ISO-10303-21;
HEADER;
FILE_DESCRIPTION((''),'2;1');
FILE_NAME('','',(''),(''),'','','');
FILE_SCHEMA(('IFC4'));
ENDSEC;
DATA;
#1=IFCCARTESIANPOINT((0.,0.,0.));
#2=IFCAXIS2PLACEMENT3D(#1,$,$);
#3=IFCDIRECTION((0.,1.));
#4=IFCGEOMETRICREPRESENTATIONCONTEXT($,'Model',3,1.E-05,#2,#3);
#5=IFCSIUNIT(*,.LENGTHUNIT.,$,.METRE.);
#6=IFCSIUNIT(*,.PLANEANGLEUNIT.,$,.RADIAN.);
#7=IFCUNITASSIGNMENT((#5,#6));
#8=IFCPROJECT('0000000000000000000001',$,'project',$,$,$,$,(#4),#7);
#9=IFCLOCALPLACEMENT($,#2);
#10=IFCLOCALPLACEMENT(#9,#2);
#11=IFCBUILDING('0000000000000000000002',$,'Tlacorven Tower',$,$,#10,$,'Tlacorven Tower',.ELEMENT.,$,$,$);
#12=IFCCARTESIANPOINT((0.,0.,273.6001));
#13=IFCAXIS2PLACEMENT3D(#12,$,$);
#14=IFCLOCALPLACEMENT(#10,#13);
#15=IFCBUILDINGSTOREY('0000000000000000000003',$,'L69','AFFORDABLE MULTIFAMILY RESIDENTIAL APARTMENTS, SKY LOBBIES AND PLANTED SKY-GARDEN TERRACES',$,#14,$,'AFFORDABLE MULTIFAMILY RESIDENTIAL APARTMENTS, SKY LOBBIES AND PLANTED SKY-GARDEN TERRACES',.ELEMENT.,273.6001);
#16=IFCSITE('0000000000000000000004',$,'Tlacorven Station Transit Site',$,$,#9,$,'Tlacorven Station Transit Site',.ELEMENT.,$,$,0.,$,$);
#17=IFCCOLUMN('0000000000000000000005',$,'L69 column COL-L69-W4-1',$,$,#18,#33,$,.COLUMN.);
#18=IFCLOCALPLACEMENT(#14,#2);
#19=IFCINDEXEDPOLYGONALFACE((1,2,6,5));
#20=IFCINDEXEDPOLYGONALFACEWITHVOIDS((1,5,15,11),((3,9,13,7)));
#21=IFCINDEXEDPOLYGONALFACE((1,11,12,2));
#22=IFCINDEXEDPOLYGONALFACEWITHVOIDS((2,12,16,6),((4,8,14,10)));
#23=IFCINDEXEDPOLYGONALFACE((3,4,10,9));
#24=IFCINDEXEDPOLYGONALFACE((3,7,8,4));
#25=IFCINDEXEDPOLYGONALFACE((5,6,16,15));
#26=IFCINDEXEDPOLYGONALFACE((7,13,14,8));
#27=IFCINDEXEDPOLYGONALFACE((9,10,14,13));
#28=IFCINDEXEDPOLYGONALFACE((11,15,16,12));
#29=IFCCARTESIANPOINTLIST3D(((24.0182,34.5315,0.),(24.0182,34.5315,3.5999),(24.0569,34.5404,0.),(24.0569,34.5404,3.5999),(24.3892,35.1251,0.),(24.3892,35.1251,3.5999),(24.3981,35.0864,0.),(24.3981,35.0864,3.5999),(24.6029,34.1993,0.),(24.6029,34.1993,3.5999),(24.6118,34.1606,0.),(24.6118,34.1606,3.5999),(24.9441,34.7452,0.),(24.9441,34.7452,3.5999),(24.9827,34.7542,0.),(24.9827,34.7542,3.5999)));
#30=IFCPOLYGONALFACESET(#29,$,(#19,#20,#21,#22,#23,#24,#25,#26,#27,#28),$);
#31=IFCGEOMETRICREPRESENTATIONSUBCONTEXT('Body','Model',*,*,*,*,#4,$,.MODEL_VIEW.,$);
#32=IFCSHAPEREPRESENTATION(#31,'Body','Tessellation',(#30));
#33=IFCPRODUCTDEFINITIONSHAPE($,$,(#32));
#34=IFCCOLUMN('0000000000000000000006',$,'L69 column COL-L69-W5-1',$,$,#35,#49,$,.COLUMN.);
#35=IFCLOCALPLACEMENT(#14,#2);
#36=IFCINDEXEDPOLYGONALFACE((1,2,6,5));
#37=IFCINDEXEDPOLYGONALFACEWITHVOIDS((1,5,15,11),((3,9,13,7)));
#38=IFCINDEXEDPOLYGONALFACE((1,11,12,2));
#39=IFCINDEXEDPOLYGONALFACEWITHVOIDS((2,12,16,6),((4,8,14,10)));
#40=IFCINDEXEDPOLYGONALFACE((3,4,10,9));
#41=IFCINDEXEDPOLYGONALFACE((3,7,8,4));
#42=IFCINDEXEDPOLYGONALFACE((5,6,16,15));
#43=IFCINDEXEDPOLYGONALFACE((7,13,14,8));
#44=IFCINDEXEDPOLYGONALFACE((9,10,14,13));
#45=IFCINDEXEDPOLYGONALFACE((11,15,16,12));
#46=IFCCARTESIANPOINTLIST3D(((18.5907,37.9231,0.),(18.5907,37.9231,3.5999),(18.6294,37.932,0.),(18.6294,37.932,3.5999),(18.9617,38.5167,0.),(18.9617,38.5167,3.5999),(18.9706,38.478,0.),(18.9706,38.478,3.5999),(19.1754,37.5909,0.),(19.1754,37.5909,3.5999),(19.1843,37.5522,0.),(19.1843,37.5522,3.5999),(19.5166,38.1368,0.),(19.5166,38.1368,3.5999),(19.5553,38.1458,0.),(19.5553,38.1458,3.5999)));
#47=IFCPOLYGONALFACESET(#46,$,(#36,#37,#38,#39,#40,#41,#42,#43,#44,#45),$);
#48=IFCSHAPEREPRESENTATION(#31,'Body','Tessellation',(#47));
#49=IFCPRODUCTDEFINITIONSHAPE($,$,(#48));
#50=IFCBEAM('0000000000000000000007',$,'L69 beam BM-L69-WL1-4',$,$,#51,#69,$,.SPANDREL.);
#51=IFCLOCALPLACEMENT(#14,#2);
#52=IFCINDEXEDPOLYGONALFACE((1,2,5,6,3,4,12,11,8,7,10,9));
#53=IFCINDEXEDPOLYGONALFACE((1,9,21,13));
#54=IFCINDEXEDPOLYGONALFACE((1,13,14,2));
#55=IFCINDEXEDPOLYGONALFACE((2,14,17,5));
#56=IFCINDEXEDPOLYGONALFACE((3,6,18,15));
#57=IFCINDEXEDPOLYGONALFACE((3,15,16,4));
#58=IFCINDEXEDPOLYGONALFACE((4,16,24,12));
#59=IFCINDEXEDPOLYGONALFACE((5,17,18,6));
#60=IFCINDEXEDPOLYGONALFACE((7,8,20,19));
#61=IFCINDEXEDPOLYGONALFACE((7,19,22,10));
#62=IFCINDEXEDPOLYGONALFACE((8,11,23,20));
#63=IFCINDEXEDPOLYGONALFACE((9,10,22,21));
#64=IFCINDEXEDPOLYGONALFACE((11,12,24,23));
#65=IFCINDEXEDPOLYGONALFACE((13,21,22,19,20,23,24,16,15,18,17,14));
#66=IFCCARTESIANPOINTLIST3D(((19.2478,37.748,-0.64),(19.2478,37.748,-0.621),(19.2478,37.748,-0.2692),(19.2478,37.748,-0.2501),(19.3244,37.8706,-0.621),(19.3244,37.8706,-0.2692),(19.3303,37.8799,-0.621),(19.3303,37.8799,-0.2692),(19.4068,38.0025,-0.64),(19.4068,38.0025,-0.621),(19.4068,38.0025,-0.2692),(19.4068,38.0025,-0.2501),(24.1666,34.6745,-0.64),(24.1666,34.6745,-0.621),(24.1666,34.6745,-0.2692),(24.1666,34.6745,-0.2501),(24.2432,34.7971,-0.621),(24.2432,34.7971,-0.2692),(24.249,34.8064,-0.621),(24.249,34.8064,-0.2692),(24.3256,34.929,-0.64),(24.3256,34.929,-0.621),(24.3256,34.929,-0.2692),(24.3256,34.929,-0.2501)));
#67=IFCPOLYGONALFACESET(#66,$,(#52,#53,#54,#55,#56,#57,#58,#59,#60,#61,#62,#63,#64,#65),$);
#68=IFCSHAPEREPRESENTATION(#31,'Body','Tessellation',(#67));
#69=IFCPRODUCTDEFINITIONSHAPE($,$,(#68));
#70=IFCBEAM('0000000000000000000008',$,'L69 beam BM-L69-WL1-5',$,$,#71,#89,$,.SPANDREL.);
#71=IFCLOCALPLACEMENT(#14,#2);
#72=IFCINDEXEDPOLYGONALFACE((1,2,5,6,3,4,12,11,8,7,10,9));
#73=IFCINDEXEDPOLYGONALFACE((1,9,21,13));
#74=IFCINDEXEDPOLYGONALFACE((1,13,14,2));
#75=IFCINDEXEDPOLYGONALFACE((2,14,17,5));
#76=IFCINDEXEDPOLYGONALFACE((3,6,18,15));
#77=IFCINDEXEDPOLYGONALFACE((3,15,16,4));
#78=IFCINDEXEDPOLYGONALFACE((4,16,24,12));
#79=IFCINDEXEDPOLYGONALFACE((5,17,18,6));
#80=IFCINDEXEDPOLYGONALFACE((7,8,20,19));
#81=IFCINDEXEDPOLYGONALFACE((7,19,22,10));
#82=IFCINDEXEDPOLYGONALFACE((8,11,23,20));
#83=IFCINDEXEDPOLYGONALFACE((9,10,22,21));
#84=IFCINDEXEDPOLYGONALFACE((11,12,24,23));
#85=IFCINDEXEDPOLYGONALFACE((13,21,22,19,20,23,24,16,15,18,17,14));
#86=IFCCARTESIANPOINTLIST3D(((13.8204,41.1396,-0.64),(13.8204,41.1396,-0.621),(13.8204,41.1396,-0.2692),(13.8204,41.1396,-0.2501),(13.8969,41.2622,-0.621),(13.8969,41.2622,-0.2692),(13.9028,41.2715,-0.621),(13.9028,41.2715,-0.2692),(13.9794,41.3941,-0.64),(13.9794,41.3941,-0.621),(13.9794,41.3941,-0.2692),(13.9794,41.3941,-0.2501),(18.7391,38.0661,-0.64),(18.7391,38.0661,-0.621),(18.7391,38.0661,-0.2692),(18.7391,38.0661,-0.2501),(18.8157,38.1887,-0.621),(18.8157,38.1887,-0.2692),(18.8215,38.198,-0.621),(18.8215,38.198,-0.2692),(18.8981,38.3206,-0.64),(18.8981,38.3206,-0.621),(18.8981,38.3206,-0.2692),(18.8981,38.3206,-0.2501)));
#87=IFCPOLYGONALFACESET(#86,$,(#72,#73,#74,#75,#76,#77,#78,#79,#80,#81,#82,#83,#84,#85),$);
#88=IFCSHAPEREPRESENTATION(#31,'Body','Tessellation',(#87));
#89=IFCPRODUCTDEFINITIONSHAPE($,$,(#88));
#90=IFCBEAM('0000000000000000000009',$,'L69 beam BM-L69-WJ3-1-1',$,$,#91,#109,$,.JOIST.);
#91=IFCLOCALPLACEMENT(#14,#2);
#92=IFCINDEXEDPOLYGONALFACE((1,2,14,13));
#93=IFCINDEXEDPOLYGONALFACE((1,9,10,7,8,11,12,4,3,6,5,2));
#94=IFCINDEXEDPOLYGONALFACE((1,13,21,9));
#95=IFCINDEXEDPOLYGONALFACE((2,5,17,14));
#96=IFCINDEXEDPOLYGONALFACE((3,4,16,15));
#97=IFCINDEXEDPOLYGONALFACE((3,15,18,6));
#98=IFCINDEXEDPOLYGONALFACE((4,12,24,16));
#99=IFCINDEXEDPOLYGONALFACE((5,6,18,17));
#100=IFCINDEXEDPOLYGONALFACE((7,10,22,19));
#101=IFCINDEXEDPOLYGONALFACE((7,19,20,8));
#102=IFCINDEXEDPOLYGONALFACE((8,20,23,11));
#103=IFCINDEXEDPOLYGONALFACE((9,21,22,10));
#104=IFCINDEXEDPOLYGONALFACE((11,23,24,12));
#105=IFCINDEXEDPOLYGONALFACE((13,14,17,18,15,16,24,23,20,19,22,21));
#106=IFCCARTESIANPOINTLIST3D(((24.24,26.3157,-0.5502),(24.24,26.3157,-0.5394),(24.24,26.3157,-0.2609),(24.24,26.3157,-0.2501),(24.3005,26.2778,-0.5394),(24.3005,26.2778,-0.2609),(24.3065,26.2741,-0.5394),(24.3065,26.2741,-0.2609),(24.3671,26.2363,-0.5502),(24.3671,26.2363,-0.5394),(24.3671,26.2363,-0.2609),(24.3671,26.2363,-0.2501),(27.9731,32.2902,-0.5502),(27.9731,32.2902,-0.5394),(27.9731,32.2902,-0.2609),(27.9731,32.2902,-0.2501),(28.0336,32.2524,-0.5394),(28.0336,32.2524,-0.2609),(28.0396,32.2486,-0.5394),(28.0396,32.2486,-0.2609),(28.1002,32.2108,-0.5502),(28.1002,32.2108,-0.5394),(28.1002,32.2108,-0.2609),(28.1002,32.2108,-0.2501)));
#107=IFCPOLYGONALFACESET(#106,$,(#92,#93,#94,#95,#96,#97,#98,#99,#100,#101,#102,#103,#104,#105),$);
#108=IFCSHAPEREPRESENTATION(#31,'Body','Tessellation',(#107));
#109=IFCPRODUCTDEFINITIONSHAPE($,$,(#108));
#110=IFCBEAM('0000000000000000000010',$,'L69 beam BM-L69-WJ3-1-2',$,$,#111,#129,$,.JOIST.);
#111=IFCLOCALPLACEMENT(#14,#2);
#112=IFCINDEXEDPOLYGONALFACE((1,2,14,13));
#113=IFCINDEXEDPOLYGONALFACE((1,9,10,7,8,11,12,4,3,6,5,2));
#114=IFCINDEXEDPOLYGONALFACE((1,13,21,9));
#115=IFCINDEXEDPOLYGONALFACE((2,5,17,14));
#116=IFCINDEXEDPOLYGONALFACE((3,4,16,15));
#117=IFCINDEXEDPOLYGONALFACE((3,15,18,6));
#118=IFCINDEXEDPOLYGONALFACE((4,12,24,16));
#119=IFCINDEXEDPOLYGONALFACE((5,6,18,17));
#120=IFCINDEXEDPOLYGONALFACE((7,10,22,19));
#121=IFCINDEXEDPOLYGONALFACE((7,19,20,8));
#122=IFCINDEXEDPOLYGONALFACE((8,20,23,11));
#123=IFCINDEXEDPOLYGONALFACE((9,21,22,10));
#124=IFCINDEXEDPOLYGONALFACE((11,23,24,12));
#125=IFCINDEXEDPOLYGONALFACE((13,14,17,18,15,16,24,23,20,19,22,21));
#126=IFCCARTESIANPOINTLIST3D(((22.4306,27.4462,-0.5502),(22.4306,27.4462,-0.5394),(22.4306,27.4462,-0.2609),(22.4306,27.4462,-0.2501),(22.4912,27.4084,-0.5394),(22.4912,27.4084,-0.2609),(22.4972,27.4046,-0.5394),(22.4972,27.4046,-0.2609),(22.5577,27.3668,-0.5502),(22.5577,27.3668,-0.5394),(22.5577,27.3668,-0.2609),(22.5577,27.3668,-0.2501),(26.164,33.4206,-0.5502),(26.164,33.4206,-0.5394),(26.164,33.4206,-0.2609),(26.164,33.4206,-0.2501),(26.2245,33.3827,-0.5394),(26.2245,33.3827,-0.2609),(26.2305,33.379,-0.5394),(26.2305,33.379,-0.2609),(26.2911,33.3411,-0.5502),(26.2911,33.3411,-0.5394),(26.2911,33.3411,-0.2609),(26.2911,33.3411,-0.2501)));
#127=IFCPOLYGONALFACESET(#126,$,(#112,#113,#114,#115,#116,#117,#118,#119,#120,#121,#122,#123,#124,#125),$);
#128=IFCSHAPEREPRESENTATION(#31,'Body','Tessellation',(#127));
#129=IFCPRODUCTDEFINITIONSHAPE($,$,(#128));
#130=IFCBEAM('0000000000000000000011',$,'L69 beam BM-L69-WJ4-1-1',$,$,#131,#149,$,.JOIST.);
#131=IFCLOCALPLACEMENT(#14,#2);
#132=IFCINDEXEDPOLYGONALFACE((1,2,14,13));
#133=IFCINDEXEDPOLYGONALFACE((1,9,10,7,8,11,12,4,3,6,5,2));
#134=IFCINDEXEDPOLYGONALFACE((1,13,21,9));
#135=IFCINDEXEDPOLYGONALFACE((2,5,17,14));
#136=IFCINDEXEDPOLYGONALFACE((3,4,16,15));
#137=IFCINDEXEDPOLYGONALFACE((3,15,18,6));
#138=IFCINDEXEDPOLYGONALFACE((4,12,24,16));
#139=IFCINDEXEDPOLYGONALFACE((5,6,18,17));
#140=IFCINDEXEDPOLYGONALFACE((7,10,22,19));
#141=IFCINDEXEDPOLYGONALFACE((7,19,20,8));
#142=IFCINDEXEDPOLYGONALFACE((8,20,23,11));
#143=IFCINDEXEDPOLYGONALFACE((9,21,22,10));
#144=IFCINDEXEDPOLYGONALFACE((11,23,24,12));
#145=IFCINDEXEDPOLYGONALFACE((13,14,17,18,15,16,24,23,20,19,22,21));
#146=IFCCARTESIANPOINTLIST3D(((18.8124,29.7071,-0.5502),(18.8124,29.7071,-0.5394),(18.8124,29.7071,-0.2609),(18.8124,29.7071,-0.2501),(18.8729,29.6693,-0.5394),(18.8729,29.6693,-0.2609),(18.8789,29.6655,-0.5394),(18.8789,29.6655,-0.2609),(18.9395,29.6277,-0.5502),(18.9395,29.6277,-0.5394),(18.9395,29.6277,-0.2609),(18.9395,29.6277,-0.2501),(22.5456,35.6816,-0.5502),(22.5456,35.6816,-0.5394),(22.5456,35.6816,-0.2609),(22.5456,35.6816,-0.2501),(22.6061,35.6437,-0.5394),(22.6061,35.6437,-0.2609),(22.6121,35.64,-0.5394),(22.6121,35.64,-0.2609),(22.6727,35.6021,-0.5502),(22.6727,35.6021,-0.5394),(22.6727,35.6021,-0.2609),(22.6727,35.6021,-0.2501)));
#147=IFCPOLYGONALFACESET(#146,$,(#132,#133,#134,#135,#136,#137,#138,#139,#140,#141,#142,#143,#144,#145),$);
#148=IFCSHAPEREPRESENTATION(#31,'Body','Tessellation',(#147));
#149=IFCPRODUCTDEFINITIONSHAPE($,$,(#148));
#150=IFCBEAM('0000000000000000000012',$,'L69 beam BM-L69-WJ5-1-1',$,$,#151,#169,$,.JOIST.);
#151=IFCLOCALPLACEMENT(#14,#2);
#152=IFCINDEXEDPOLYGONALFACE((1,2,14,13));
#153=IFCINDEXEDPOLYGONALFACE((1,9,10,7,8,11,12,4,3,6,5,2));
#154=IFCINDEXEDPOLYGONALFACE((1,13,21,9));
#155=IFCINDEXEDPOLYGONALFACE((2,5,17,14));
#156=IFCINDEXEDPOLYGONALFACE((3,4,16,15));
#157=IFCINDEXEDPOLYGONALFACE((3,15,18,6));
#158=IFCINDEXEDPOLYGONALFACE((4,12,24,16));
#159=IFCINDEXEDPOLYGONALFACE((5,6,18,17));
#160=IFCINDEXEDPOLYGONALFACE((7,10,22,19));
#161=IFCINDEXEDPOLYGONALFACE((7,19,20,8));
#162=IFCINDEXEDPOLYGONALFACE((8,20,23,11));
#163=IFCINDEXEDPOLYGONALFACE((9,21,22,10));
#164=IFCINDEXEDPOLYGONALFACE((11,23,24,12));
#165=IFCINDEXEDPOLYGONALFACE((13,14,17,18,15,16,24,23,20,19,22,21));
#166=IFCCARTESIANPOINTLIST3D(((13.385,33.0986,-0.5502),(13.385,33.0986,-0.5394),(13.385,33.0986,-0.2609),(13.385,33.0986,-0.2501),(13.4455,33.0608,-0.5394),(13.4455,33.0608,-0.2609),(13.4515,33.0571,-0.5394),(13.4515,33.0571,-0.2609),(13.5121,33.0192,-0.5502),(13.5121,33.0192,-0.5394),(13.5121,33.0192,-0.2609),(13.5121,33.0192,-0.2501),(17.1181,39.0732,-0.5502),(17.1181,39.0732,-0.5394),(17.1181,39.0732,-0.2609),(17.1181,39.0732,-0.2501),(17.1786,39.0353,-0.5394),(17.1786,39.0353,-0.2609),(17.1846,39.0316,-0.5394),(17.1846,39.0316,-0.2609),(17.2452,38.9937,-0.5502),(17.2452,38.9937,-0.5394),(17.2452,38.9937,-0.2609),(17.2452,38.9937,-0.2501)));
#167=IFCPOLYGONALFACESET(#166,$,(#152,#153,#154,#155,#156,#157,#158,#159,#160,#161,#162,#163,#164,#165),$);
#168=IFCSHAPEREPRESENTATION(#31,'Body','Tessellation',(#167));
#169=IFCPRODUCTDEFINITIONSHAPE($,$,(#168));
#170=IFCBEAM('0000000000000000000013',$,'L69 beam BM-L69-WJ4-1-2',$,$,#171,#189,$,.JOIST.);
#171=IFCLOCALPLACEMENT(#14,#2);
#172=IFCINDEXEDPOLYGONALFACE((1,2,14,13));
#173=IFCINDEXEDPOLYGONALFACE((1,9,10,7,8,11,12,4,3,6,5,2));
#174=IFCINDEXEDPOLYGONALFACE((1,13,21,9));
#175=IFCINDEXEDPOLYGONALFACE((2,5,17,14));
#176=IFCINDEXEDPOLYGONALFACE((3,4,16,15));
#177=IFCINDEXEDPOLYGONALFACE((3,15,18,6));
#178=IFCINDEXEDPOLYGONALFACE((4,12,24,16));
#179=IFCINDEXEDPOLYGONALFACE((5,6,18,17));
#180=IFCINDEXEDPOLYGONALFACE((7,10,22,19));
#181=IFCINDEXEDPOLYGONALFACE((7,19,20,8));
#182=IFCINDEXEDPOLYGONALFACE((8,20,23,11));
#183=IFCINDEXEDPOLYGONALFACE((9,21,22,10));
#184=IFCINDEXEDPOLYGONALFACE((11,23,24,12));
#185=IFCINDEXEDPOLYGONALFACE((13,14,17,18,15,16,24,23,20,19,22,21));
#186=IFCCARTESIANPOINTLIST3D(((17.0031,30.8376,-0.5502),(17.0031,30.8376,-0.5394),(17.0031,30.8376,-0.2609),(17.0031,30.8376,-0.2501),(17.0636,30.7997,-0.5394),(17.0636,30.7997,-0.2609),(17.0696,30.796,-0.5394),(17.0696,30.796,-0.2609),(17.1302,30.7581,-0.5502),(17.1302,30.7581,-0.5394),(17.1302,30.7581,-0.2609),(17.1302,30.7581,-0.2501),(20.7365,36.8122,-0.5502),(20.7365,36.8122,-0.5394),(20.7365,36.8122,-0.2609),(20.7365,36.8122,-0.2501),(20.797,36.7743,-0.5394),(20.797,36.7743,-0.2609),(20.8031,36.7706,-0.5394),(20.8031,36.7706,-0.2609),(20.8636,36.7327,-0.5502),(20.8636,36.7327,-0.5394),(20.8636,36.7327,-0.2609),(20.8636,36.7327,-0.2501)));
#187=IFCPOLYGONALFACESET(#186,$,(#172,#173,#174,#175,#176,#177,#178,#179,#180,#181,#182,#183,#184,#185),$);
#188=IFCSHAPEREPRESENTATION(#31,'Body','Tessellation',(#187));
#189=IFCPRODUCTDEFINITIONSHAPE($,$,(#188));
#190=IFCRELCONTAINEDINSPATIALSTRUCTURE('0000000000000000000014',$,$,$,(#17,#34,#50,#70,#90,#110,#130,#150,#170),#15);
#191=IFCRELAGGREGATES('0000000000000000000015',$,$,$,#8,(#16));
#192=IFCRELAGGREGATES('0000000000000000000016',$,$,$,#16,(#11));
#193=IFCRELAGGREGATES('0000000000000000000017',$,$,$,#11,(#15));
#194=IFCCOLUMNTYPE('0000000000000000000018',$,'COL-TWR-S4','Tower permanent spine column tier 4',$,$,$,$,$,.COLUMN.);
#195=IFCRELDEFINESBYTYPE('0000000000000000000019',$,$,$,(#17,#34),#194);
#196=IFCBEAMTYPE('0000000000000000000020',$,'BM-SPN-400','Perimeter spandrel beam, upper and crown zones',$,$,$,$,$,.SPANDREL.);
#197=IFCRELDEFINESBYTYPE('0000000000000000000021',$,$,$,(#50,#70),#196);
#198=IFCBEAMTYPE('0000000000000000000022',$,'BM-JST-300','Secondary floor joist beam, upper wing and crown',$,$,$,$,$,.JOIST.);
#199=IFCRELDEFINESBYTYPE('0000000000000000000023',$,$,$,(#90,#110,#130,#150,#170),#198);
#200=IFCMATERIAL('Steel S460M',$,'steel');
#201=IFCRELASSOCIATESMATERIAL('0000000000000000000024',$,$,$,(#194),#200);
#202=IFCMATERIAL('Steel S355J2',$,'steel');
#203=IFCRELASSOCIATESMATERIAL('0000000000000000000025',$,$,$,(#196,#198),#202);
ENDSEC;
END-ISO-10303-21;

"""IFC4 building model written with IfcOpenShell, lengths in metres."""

from ifc_helpers import new_model, si_unit, direction, frame, origin, origin_2d, place, context, subcontext, project, spatial, hollow_rectangle, i_section, extrude, source, transform, mapped, material, material_profile, profile_set, type_object, element, save


model = new_model("IFC4")

# Units and contexts
model_context = context("Model", 3, precision=1e-05, world=origin(), true_north=direction((0.0, 1.0)))
body_context = subcontext(model_context, "Body", "Model", "MODEL_VIEW")
ifc_project = project(units=[si_unit("LENGTHUNIT", "METRE"), si_unit("PLANEANGLEUNIT", "RADIAN")], contexts=[model_context])

# Site, building, storey
site_placement = place(None, origin())
site = spatial("IfcSite", under=ifc_project, at=site_placement, Name="Tlacorven Station Transit Site", LongName="Tlacorven Station Transit Site", CompositionType="ELEMENT", RefElevation=0.0)
building_placement = place(site_placement, origin())
building = spatial("IfcBuilding", under=site, at=building_placement, Name="Tlacorven Tower", LongName="Tlacorven Tower", CompositionType="ELEMENT")
storey_placement = place(building_placement, frame((0.0, 0.0, 273.6001)))
storey = spatial("IfcBuildingStorey", under=building, at=storey_placement, Name="L69", Description="AFFORDABLE MULTIFAMILY RESIDENTIAL APARTMENTS, SKY LOBBIES AND PLANTED SKY-GARDEN TERRACES", LongName="AFFORDABLE MULTIFAMILY RESIDENTIAL APARTMENTS, SKY LOBBIES AND PLANTED SKY-GARDEN TERRACES", CompositionType="ELEMENT", Elevation=273.6001)

# Columns
ifc_material_1 = material(Name="Steel S460M", Category="steel")
ifc_material_profile_1 = material_profile(ifc_material_1, hollow_rectangle(XDim=0.7, YDim=0.7, WallThickness=0.0281, at=origin_2d()), Name="BOX 700X700X28")
ifc_profile_set_1 = profile_set([ifc_material_profile_1], Name="Steel S460M")
column_type = type_object("IfcColumnType", Name="COL-TWR-S4", Description="Tower permanent spine column tier 4", PredefinedType="COLUMN", material=ifc_profile_set_1)
shared_shape_1 = source(origin(), body_context, "Body", "SweptSolid", [
    extrude(hollow_rectangle(XDim=0.7, YDim=0.7, WallThickness=0.0281, at=origin_2d()), origin(), (0.0, 0.0, 1.0), 3.5999),
])
for number, where, z_axis, x_axis, name in (
    (1, (24.5005, 34.6428, 0.0), (0.0, 0.0, 1.0), (-0.848048, 0.529919, 0.0), "L69 column COL-L69-W4-1"),
    (2, (19.073, 38.0344, 0.0), (0.0, 0.0, 1.0), (-0.848048, 0.529919, 0.0), "L69 column COL-L69-W5-1"),
):
    element("IfcColumn", number, at=place(storey_placement, frame(where, z_axis=z_axis, x_axis=x_axis)), inside=storey, type_object=column_type, Name=name, PredefinedType="COLUMN", context=body_context, shape_type="MappedRepresentation", body=[
        mapped(shared_shape_1, transform((0.0, 0.0, 0.0), scale=1.0)),
    ])

# Beams
ifc_material_2 = material(Name="Steel S355J2", Category="steel")
ifc_material_profile_2 = material_profile(ifc_material_2, i_section(OverallWidth=0.3, OverallDepth=0.3899, WebThickness=0.011, FlangeThickness=0.019, at=origin_2d()), Name="HEA 400")
ifc_profile_set_2 = profile_set([ifc_material_profile_2], Name="Steel S355J2")
beam_type_1 = type_object("IfcBeamType", Name="BM-SPN-400", Description="Perimeter spandrel beam, upper and crown zones", PredefinedType="SPANDREL", material=ifc_profile_set_2)
shared_shape_2 = source(origin(), body_context, "Body", "SweptSolid", [
    extrude(i_section(OverallWidth=0.3, OverallDepth=0.3899, WebThickness=0.011, FlangeThickness=0.019, at=origin_2d()), origin(), (0.0, 0.0, 1.0), 5.8),
])
for number, where, z_axis, x_axis, name in (
    (3, (24.2461, 34.8018, -0.4451), (-0.848053, 0.529912, 0.0), (-0.529912, -0.848053, 0.0), "L69 beam BM-L69-WL1-4"),
    (4, (18.8186, 38.1934, -0.4451), (-0.848053, 0.529912, 0.0), (-0.529912, -0.848053, 0.0), "L69 beam BM-L69-WL1-5"),
):
    element("IfcBeam", number, at=place(storey_placement, frame(where, z_axis=z_axis, x_axis=x_axis)), inside=storey, type_object=beam_type_1, Name=name, PredefinedType="SPANDREL", context=body_context, shape_type="MappedRepresentation", body=[
        mapped(shared_shape_2, transform((0.0, 0.0, 0.0), scale=1.0)),
    ])
ifc_material_profile_3 = material_profile(ifc_material_2, i_section(OverallWidth=0.1499, OverallDepth=0.3, WebThickness=0.0071, FlangeThickness=0.0107, at=origin_2d()), Name="IPE 300")
ifc_profile_set_3 = profile_set([ifc_material_profile_3], Name="Steel S355J2")
beam_type_2 = type_object("IfcBeamType", Name="BM-JST-300", Description="Secondary floor joist beam, upper wing and crown", PredefinedType="JOIST", material=ifc_profile_set_3)
shared_shape_3 = source(origin(), body_context, "Body", "SweptSolid", [
    extrude(i_section(OverallWidth=0.1499, OverallDepth=0.3, WebThickness=0.0071, FlangeThickness=0.0107, at=origin_2d()), origin(), (0.0, 0.0, 1.0), 7.0449),
])
for number, where, z_axis, x_axis, name in (
    (5, (28.0366, 32.2505, -0.4001), (-0.529899, -0.848061, 0.0), (0.848061, -0.529899, 0.0), "L69 beam BM-L69-WJ3-1-1"),
    (6, (26.2275, 33.3809, -0.4001), (-0.52994, -0.848035, 0.0), (0.848035, -0.52994, 0.0), "L69 beam BM-L69-WJ3-1-2"),
    (7, (22.6091, 35.6418, -0.4001), (-0.529915, -0.848051, 0.0), (0.848051, -0.529915, 0.0), "L69 beam BM-L69-WJ4-1-1"),
    (8, (17.1816, 39.0334, -0.4001), (-0.529899, -0.848061, 0.0), (0.848061, -0.529899, 0.0), "L69 beam BM-L69-WJ5-1-1"),
):
    element("IfcBeam", number, at=place(storey_placement, frame(where, z_axis=z_axis, x_axis=x_axis)), inside=storey, type_object=beam_type_2, Name=name, PredefinedType="JOIST", context=body_context, shape_type="MappedRepresentation", body=[
        mapped(shared_shape_3, transform((0.0, 0.0, 0.0), scale=1.0)),
    ])
shared_shape_4 = source(origin(), body_context, "Body", "SweptSolid", [
    extrude(i_section(OverallWidth=0.1499, OverallDepth=0.3, WebThickness=0.0071, FlangeThickness=0.0107, at=origin_2d()), origin(), (0.0, 0.0, 1.0), 7.0452),
])
beam_1_placement = place(storey_placement, frame((20.8, 36.7725, -0.4001), z_axis=(-0.529924, -0.848045, 0.0), x_axis=(0.848045, -0.529924, 0.0)))
element("IfcBeam", 9, at=beam_1_placement, inside=storey, type_object=beam_type_2, Name="L69 beam BM-L69-WJ4-1-2", PredefinedType="JOIST", context=body_context, shape_type="MappedRepresentation", body=[
    mapped(shared_shape_4, transform((0.0, 0.0, 0.0), scale=1.0)),
])

save(model, "model.ifc")
